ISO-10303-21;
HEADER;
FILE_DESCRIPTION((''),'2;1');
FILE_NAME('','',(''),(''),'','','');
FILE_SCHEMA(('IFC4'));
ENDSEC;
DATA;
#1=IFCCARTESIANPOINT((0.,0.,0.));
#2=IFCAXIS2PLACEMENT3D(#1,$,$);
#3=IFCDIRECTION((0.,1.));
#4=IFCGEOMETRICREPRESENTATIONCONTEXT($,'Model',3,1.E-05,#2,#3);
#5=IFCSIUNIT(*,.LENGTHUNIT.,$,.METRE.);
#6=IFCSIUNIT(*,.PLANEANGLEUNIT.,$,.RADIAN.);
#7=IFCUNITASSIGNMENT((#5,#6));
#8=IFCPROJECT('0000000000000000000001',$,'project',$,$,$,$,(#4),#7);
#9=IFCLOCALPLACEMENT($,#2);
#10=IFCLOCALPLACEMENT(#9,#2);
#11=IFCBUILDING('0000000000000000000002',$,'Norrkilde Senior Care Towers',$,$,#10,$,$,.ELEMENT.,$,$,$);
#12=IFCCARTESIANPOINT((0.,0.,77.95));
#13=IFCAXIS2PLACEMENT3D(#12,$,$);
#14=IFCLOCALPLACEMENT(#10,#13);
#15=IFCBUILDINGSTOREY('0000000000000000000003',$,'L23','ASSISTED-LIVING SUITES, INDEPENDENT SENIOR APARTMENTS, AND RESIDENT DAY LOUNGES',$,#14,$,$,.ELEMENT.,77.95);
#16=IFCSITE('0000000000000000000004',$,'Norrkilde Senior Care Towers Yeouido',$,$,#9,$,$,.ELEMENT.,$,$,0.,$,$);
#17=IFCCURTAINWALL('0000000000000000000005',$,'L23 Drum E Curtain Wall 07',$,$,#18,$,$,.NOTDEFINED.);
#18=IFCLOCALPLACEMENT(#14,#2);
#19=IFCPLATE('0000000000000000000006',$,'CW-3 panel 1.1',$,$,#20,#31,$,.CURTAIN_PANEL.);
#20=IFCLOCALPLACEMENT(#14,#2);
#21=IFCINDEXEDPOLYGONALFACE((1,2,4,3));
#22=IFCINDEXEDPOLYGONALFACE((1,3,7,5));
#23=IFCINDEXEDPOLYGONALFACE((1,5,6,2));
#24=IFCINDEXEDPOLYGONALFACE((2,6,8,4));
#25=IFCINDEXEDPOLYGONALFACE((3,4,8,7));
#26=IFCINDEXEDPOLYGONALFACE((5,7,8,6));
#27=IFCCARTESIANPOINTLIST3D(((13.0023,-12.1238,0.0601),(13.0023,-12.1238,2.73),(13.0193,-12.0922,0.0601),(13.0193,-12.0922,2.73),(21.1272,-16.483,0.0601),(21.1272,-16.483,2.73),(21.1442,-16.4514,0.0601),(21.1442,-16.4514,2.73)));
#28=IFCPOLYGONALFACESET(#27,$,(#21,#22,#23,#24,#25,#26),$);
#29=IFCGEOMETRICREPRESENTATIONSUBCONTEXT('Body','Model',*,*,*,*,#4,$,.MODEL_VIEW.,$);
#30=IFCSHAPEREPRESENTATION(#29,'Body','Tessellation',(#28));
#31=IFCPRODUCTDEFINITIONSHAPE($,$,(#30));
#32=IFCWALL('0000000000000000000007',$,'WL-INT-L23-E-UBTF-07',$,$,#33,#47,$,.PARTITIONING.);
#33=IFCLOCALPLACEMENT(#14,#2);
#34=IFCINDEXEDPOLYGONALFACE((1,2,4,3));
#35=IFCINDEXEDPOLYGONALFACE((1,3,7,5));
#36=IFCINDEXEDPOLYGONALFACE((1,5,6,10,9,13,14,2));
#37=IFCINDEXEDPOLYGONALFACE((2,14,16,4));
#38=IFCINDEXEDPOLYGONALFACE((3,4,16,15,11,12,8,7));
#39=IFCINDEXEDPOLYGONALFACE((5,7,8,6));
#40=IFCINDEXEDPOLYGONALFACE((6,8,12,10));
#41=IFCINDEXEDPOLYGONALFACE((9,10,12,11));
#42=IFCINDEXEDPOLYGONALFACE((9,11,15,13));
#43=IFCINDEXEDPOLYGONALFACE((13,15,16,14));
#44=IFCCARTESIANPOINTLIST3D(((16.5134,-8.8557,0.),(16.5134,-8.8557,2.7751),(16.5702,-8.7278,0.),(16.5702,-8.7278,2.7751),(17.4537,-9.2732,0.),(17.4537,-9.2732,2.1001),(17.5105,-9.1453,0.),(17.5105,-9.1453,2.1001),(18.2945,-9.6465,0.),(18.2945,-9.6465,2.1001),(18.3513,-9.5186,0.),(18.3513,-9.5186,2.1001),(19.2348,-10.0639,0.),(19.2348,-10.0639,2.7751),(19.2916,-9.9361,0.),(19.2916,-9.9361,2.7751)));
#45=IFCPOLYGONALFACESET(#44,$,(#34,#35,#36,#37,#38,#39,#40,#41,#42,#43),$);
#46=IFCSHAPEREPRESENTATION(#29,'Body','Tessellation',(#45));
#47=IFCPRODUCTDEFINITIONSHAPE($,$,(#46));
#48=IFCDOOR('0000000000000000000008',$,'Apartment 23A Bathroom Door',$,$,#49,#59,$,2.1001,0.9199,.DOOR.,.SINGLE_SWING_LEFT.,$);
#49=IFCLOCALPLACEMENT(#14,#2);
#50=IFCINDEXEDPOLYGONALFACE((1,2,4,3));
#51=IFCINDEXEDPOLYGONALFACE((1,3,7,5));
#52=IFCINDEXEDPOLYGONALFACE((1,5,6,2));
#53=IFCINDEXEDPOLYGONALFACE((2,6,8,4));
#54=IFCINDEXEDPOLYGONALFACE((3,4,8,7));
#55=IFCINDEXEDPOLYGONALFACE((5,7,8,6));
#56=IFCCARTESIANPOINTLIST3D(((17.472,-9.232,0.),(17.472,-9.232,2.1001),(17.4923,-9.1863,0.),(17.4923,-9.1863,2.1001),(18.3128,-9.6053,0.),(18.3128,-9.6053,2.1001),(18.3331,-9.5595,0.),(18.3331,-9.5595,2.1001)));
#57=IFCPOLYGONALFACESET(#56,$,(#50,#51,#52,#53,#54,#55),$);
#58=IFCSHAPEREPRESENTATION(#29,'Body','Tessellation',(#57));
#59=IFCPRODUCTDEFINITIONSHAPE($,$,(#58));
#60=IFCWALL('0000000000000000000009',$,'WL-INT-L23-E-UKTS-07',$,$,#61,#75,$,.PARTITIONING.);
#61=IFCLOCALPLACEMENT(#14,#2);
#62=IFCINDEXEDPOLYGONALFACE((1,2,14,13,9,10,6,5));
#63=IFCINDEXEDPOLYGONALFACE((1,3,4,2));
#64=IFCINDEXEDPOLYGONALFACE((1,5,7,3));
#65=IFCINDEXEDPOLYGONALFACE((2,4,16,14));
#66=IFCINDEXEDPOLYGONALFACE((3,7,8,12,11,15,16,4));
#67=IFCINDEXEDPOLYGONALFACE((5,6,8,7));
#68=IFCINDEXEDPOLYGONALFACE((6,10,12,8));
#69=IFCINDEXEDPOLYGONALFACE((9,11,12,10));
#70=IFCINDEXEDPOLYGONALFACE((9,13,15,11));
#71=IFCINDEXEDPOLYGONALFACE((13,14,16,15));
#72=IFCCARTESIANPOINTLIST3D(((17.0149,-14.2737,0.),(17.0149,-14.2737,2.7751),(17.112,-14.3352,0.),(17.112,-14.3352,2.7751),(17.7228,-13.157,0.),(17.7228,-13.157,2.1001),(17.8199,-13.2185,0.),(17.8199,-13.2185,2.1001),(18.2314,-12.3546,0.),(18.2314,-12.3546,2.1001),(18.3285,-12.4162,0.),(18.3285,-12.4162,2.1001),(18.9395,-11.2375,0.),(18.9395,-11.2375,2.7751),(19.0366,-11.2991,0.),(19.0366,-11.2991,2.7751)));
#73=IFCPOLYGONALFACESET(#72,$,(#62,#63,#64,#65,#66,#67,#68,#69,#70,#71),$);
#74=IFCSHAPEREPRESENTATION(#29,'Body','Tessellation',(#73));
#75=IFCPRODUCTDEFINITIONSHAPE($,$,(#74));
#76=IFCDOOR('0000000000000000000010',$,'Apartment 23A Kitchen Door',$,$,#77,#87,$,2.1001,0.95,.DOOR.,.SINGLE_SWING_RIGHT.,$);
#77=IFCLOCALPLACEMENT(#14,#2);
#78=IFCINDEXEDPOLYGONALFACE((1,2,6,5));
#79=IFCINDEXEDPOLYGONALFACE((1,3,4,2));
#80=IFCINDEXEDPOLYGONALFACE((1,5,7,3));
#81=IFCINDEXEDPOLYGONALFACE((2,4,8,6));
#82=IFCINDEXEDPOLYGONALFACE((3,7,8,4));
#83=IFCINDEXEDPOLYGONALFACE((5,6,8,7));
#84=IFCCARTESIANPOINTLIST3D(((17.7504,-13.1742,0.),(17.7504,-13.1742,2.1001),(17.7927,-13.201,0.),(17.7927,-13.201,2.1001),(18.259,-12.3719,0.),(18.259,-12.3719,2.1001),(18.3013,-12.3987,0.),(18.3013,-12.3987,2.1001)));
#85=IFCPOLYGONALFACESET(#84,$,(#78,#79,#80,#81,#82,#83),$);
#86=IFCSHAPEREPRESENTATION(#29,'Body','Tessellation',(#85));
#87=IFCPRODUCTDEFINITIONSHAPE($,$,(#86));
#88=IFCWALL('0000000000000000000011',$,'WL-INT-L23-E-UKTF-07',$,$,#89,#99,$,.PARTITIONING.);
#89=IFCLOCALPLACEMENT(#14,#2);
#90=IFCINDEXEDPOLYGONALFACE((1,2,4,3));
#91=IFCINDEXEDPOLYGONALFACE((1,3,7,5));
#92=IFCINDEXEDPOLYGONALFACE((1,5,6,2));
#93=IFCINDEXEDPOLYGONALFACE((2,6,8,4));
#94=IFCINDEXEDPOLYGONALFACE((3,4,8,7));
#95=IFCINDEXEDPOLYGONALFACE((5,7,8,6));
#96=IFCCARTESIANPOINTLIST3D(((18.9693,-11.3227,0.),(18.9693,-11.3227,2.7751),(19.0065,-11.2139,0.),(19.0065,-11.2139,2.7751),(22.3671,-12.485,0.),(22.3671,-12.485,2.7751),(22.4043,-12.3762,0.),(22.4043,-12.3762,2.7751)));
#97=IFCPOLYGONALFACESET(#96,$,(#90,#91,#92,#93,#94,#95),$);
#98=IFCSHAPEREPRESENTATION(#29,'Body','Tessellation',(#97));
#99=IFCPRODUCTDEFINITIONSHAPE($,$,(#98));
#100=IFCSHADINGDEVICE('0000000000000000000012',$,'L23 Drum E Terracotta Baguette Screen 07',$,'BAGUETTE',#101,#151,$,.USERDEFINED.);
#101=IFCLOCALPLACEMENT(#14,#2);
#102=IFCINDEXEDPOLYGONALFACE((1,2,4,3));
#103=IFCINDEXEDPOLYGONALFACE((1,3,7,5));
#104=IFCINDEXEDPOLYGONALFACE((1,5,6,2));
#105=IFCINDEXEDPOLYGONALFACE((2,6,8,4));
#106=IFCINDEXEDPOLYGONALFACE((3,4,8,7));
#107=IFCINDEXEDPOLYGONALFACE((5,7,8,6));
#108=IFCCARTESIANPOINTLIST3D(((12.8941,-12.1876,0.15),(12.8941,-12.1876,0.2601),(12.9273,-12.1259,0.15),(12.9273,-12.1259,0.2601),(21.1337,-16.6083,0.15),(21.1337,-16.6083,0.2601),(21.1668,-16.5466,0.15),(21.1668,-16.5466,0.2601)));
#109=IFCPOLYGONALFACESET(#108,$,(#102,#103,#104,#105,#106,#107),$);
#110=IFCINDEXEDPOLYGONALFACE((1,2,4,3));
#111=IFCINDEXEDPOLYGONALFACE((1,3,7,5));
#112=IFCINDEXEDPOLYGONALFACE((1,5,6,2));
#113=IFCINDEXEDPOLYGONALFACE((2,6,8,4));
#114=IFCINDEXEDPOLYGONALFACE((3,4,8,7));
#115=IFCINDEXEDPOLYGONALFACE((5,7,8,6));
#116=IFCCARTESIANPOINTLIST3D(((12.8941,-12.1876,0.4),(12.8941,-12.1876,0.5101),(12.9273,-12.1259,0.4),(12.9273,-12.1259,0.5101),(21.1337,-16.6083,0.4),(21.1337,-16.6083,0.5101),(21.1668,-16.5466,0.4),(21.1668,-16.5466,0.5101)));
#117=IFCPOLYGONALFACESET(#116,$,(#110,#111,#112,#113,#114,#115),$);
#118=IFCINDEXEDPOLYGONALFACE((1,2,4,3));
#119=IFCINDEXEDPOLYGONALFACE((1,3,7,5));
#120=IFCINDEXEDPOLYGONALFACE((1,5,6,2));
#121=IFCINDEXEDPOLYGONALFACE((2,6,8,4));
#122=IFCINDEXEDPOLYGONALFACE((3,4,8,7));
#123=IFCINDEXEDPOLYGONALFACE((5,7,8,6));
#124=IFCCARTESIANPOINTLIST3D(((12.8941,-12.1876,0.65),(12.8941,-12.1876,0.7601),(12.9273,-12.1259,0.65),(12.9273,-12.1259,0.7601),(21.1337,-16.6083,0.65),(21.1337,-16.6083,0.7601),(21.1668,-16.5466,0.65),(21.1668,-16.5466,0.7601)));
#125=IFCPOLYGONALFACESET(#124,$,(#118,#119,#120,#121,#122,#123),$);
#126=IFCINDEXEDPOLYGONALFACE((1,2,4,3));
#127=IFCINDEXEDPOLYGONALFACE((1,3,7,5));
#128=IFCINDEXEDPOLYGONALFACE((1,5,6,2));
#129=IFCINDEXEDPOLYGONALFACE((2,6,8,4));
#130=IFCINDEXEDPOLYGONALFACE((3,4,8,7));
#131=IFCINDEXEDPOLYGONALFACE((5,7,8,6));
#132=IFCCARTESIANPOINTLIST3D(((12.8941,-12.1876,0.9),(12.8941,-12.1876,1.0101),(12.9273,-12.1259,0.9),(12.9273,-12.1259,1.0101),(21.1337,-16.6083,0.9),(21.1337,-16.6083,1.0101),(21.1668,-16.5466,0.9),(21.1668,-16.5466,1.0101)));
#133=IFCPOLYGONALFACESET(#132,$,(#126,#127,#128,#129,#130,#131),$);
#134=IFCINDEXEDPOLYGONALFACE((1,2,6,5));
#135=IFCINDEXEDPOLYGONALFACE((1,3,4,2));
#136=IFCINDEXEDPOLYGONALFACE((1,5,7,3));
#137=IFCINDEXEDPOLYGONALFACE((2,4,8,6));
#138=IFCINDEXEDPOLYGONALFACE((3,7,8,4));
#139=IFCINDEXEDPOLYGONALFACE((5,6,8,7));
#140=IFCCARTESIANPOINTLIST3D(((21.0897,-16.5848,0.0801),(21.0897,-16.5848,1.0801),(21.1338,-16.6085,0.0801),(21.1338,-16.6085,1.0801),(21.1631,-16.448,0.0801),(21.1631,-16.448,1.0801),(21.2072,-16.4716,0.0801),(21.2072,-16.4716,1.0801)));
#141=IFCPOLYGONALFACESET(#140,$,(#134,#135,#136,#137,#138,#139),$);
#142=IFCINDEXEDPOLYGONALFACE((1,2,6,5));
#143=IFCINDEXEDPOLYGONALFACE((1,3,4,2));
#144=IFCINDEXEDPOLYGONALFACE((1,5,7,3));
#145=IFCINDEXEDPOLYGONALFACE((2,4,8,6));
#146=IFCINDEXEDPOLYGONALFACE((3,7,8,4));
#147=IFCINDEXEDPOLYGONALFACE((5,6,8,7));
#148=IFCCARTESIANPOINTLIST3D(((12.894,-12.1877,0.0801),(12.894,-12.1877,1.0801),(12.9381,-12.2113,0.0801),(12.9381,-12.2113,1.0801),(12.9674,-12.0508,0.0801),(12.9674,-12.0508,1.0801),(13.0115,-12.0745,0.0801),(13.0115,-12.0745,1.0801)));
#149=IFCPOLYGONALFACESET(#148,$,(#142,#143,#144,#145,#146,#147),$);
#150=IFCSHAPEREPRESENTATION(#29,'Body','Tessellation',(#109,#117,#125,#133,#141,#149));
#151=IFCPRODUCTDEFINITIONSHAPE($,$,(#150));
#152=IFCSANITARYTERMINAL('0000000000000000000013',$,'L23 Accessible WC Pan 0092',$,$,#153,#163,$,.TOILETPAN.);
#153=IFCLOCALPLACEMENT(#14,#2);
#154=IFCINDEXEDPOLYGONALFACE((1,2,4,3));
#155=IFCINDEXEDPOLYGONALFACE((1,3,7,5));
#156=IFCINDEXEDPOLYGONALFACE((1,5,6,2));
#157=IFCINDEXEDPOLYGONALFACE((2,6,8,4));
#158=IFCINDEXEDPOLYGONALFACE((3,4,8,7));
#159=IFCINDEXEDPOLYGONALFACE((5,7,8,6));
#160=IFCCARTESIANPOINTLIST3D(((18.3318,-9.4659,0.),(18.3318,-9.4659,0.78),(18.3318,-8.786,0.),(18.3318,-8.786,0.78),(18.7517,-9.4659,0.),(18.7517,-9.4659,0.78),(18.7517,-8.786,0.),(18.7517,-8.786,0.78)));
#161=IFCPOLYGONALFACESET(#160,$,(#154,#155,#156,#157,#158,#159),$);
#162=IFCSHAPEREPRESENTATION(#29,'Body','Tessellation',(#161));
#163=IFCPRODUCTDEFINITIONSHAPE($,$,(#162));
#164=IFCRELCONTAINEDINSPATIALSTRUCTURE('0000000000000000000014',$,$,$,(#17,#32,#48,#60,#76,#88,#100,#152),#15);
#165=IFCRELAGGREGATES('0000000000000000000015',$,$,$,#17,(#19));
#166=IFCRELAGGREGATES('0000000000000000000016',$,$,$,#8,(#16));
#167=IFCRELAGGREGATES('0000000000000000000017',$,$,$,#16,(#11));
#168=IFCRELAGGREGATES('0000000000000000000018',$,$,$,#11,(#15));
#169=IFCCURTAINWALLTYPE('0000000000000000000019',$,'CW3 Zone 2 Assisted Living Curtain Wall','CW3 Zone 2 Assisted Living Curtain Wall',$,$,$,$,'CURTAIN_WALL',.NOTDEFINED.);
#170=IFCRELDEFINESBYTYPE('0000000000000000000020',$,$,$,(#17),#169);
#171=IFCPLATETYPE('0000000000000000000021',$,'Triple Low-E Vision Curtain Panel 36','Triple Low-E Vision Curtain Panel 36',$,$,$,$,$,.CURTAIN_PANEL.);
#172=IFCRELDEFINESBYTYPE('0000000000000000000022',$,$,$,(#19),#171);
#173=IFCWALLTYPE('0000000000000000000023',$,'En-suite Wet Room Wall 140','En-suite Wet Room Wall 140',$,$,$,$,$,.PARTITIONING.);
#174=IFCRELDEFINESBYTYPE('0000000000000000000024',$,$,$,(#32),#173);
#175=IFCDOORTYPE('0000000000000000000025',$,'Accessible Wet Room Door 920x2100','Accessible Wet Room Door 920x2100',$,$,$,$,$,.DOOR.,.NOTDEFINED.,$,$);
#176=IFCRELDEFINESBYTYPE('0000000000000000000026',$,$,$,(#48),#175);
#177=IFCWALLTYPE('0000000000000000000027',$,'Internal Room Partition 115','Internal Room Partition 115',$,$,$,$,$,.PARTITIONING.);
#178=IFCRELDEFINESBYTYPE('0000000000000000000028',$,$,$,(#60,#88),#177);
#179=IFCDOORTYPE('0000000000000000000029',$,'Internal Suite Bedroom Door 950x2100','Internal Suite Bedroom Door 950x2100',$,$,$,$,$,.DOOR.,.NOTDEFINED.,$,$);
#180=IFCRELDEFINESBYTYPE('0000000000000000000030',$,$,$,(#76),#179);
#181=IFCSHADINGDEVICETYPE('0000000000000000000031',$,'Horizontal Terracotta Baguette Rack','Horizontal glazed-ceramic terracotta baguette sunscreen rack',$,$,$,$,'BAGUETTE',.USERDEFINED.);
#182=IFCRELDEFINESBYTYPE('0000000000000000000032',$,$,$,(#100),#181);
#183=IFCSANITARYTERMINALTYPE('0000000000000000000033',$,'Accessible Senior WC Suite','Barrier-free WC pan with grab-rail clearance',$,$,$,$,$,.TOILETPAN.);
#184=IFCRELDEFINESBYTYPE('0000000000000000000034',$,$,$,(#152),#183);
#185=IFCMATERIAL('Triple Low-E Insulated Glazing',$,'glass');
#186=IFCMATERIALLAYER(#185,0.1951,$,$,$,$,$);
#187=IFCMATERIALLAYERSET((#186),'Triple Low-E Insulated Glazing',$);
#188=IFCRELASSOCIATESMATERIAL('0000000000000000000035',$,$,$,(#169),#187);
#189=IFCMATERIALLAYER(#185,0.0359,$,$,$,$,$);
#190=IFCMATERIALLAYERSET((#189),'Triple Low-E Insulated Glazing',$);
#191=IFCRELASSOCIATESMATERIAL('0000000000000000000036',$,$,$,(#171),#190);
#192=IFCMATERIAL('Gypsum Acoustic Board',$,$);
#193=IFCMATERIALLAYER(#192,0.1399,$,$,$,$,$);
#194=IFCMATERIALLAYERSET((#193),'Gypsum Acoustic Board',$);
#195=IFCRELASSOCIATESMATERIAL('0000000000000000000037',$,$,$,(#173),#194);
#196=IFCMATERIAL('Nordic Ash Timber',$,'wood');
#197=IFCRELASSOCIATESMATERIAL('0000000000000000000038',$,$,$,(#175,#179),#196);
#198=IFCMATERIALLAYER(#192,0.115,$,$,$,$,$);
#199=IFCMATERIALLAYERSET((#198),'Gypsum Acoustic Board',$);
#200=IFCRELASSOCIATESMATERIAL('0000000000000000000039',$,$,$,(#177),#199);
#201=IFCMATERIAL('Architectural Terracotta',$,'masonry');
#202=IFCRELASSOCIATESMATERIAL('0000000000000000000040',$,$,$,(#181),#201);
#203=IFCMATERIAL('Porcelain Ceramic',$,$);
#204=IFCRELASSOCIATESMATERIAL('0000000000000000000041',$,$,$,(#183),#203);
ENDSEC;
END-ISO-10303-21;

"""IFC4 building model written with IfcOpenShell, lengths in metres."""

from ifc_helpers import new_model, si_unit, direction, frame, frame_2d, origin, origin_2d, place, context, subcontext, project, spatial, rectangle, extrude, source, transform, mapped, material, layer, layer_set, type_object, type_shapes, element, fill, aggregate, save


model = new_model("IFC4")

# Units and contexts
model_context = context("Model", 3, precision=1e-05, world=origin(), true_north=direction((0.0, 1.0)))
body_context = subcontext(model_context, "Body", "Model", "MODEL_VIEW")
ifc_project = project(units=[si_unit("LENGTHUNIT", "METRE"), si_unit("PLANEANGLEUNIT", "RADIAN")], contexts=[model_context])

# Site, building, storey
site_placement = place(None, origin())
site = spatial("IfcSite", under=ifc_project, at=site_placement, Name="Norrkilde Senior Care Towers Yeouido", CompositionType="ELEMENT", RefElevation=0.0)
building_placement = place(site_placement, origin())
building = spatial("IfcBuilding", under=site, at=building_placement, Name="Norrkilde Senior Care Towers", CompositionType="ELEMENT")
storey_placement = place(building_placement, frame((0.0, 0.0, 77.95)))
storey = spatial("IfcBuildingStorey", under=building, at=storey_placement, Name="L23", Description="ASSISTED-LIVING SUITES, INDEPENDENT SENIOR APARTMENTS, AND RESIDENT DAY LOUNGES", CompositionType="ELEMENT", Elevation=77.95)

# Shared definitions
ifc_material_1 = material(Name="Triple Low-E Insulated Glazing", Category="glass")
ifc_layer_1 = layer(ifc_material_1, 0.1951)
ifc_layer_set_1 = layer_set([ifc_layer_1], Name="Triple Low-E Insulated Glazing")
curtain_wall_type = type_object("IfcCurtainWallType", Name="CW3 Zone 2 Assisted Living Curtain Wall", Description="CW3 Zone 2 Assisted Living Curtain Wall", ElementType="CURTAIN_WALL", PredefinedType="NOTDEFINED", material=ifc_layer_set_1)

# Curtain wall
curtain_wall_1_placement = place(storey_placement, origin())
curtain_wall_1 = element("IfcCurtainWall", 1, at=curtain_wall_1_placement, inside=storey, type_object=curtain_wall_type, Name="L23 Drum E Curtain Wall 07", PredefinedType="NOTDEFINED")

# Plate
ifc_layer_2 = layer(ifc_material_1, 0.0359)
ifc_layer_set_2 = layer_set([ifc_layer_2], Name="Triple Low-E Insulated Glazing")
plate_type = type_object("IfcPlateType", Name="Triple Low-E Vision Curtain Panel 36", Description="Triple Low-E Vision Curtain Panel 36", PredefinedType="CURTAIN_PANEL", material=ifc_layer_set_2)
shared_shape_1 = source(origin(), body_context, "Body", "SweptSolid", [
    extrude(rectangle(XDim=9.2205, YDim=0.0359, at=origin_2d()), origin(), (0.0, 0.0, 1.0), 2.6699),
])
type_shapes(plate_type, [shared_shape_1])
plate_placement = place(storey_placement, frame((17.0732, -14.2876, 0.0601), z_axis=(0.0, 0.0, 1.0), x_axis=(-0.881186, 0.472769, 0.0)))
plate = element("IfcPlate", 2, at=plate_placement, type_object=plate_type, Name="CW-3 panel 1.1", PredefinedType="CURTAIN_PANEL", context=body_context, shape_type="MappedRepresentation", body=[
    mapped(shared_shape_1, transform((0.0, 0.0, 0.0), x_axis=(1.0, 0.0, 0.0), y_axis=(0.0, 1.0, 0.0), z_axis=(0.0, 0.0, 1.0), scale=1.0)),
])
aggregate(curtain_wall_1, [plate])

# Walls, openings, doors
ifc_material_2 = material(Name="Gypsum Acoustic Board")
ifc_layer_3 = layer(ifc_material_2, 0.1399)
ifc_layer_set_3 = layer_set([ifc_layer_3], Name="Gypsum Acoustic Board")
wall_type_1 = type_object("IfcWallType", Name="En-suite Wet Room Wall 140", Description="En-suite Wet Room Wall 140", PredefinedType="PARTITIONING", material=ifc_layer_set_3)
shared_shape_2 = source(origin(), body_context, "Body", "SweptSolid", [
    extrude(rectangle(XDim=2.9775, YDim=0.1399, at=frame_2d((1.4888, 0.0))), origin(), (0.0, 0.0, 1.0), 2.7751),
])
type_shapes(wall_type_1, [shared_shape_2])
wall_1_placement = place(storey_placement, frame((19.2632, -10.0, 0.0), z_axis=(0.0, 0.0, 1.0), x_axis=(-0.91397, 0.405781, 0.0)))
wall_1 = element("IfcWall", 3, at=wall_1_placement, inside=storey, type_object=wall_type_1, Name="WL-INT-L23-E-UBTF-07", PredefinedType="PARTITIONING", context=body_context, shape_type="MappedRepresentation", body=[
    mapped(shared_shape_2, transform((0.0, 0.0, 0.0), x_axis=(1.0, 0.0, 0.0), y_axis=(0.0, 1.0, 0.0), z_axis=(0.0, 0.0, 1.0), scale=1.0)),
])
opening_1_placement = place(wall_1_placement, frame((1.0288, 0.0, 0.0)))
opening_1 = element("IfcOpeningElement", 4, at=opening_1_placement, cuts=wall_1, PredefinedType="OPENING", context=body_context, shape_type="SweptSolid", body=[
    extrude(rectangle(XDim=0.9199, YDim=2.1001, at=frame_2d((0.46, 1.05))), frame((0.0, 0.0798, 0.0), z_axis=(0.0, -1.0, 0.0), x_axis=(1.0, 0.0, 0.0)), (0.0, 0.0, 1.0), 0.1599),
])
ifc_material_3 = material(Name="Nordic Ash Timber", Category="wood")
door_type_1 = type_object("IfcDoorType", Name="Accessible Wet Room Door 920x2100", Description="Accessible Wet Room Door 920x2100", OperationType="NOTDEFINED", PredefinedType="DOOR", material=ifc_material_3)
shared_shape_3 = source(origin(), body_context, "Body", "SweptSolid", [
    extrude(rectangle(XDim=0.9199, YDim=2.1001, at=frame_2d((0.46, 1.05))), frame((0.0, 0.0249, 0.0), z_axis=(0.0, -1.0, 0.0), x_axis=(1.0, 0.0, 0.0)), (0.0, 0.0, 1.0), 0.05),
])
type_shapes(door_type_1, [shared_shape_3])
door_1_placement = place(opening_1_placement, origin())
door_1 = element("IfcDoor", 5, at=door_1_placement, inside=storey, type_object=door_type_1, Name="Apartment 23A Bathroom Door", OperationType="SINGLE_SWING_LEFT", OverallHeight=2.1001, OverallWidth=0.9199, PredefinedType="DOOR", context=body_context, shape_type="MappedRepresentation", body=[
    mapped(shared_shape_3, transform((0.0, 0.0, 0.0), x_axis=(1.0, 0.0, 0.0), y_axis=(0.0, 1.0, 0.0), z_axis=(0.0, 0.0, 1.0), scale=1.0)),
])
fill(opening_1, door_1)
ifc_layer_4 = layer(ifc_material_2, 0.115)
ifc_layer_set_4 = layer_set([ifc_layer_4], Name="Gypsum Acoustic Board")
wall_type_2 = type_object("IfcWallType", Name="Internal Room Partition 115", Description="Internal Room Partition 115", PredefinedType="PARTITIONING", material=ifc_layer_set_4)
shared_shape_4 = source(origin(), body_context, "Body", "SweptSolid", [
    extrude(rectangle(XDim=3.5947, YDim=0.115, at=frame_2d((1.7974, 0.0))), origin(), (0.0, 0.0, 1.0), 2.7751),
])
wall_2_placement = place(storey_placement, frame((18.988, -11.2683, 0.0), z_axis=(0.0, 0.0, 1.0), x_axis=(-0.535385, -0.844608, 0.0)))
wall_2 = element("IfcWall", 6, at=wall_2_placement, inside=storey, type_object=wall_type_2, Name="WL-INT-L23-E-UKTS-07", PredefinedType="PARTITIONING", context=body_context, shape_type="MappedRepresentation", body=[
    mapped(shared_shape_4, transform((0.0, 0.0, 0.0), x_axis=(1.0, 0.0, 0.0), y_axis=(0.0, 1.0, 0.0), z_axis=(0.0, 0.0, 1.0), scale=1.0)),
])
opening_2_placement = place(wall_2_placement, frame((1.3225, 0.0, 0.0)))
opening_2 = element("IfcOpeningElement", 7, at=opening_2_placement, cuts=wall_2, PredefinedType="OPENING", context=body_context, shape_type="SweptSolid", body=[
    extrude(rectangle(XDim=0.95, YDim=2.1001, at=frame_2d((0.4751, 1.05))), frame((0.0, 0.0674, 0.0), z_axis=(0.0, -1.0, 0.0), x_axis=(1.0, 0.0, 0.0)), (0.0, 0.0, 1.0), 0.135),
])
door_type_2 = type_object("IfcDoorType", Name="Internal Suite Bedroom Door 950x2100", Description="Internal Suite Bedroom Door 950x2100", OperationType="NOTDEFINED", PredefinedType="DOOR", material=ifc_material_3)
shared_shape_5 = source(origin(), body_context, "Body", "SweptSolid", [
    extrude(rectangle(XDim=0.95, YDim=2.1001, at=frame_2d((0.4751, 1.05))), frame((0.0, 0.0249, 0.0), z_axis=(0.0, -1.0, 0.0), x_axis=(1.0, 0.0, 0.0)), (0.0, 0.0, 1.0), 0.05),
])
type_shapes(door_type_2, [shared_shape_5])
door_2_placement = place(opening_2_placement, frame((0.95, 0.0, 0.0), z_axis=(0.0, 0.0, 1.0), x_axis=(-1.0, 0.0, 0.0)))
door_2 = element("IfcDoor", 8, at=door_2_placement, inside=storey, type_object=door_type_2, Name="Apartment 23A Kitchen Door", OperationType="SINGLE_SWING_RIGHT", OverallHeight=2.1001, OverallWidth=0.95, PredefinedType="DOOR", context=body_context, shape_type="MappedRepresentation", body=[
    mapped(shared_shape_5, transform((0.0, 0.0, 0.0), x_axis=(1.0, 0.0, 0.0), y_axis=(0.0, 1.0, 0.0), z_axis=(0.0, 0.0, 1.0), scale=1.0)),
])
fill(opening_2, door_2)

# Wall
shared_shape_6 = source(origin(), body_context, "Body", "SweptSolid", [
    extrude(rectangle(XDim=3.5911, YDim=0.115, at=frame_2d((1.7954, 0.0))), origin(), (0.0, 0.0, 1.0), 2.7751),
])
type_shapes(wall_type_2, [shared_shape_4, shared_shape_6])
wall_3_placement = place(storey_placement, frame((18.988, -11.2683, 0.0), z_axis=(0.0, 0.0, 1.0), x_axis=(0.946166, -0.323683, 0.0)))
element("IfcWall", 9, at=wall_3_placement, inside=storey, type_object=wall_type_2, Name="WL-INT-L23-E-UKTF-07", PredefinedType="PARTITIONING", context=body_context, shape_type="MappedRepresentation", body=[
    mapped(shared_shape_6, transform((0.0, 0.0, 0.0), x_axis=(1.0, 0.0, 0.0), y_axis=(0.0, 1.0, 0.0), z_axis=(0.0, 0.0, 1.0), scale=1.0)),
])

# Shading device
ifc_material_4 = material(Name="Architectural Terracotta", Category="masonry")
shading_device_type = type_object("IfcShadingDeviceType", Name="Horizontal Terracotta Baguette Rack", Description="Horizontal glazed-ceramic terracotta baguette sunscreen rack", ElementType="BAGUETTE", PredefinedType="USERDEFINED", material=ifc_material_4)
shared_shape_7 = source(origin(), body_context, "Body", "SweptSolid", [
    extrude(rectangle(XDim=0.0701, YDim=0.1101, at=origin_2d()), frame((0.0, 0.0901, 0.125), z_axis=(1.0, 0.0, 0.0), x_axis=(0.0, 1.0, 0.0)), (0.0, 0.0, 1.0), 9.3506),
    extrude(rectangle(XDim=0.0701, YDim=0.1101, at=origin_2d()), frame((0.0, 0.0901, 0.375), z_axis=(1.0, 0.0, 0.0), x_axis=(0.0, 1.0, 0.0)), (0.0, 0.0, 1.0), 9.3506),
    extrude(rectangle(XDim=0.0701, YDim=0.1101, at=origin_2d()), frame((0.0, 0.0901, 0.625), z_axis=(1.0, 0.0, 0.0), x_axis=(0.0, 1.0, 0.0)), (0.0, 0.0, 1.0), 9.3506),
    extrude(rectangle(XDim=0.0701, YDim=0.1101, at=origin_2d()), frame((0.0, 0.0901, 0.875), z_axis=(1.0, 0.0, 0.0), x_axis=(0.0, 1.0, 0.0)), (0.0, 0.0, 1.0), 9.3506),
    extrude(rectangle(XDim=0.05, YDim=0.1553, at=origin_2d()), frame((0.0249, 0.0476, 0.0)), (0.0, 0.0, 1.0), 1.0),
    extrude(rectangle(XDim=0.05, YDim=0.1553, at=origin_2d()), frame((9.3257, 0.0476, 0.0)), (0.0, 0.0, 1.0), 1.0),
])
type_shapes(shading_device_type, [shared_shape_7])
shading_device_placement = place(storey_placement, frame((21.1929, -16.498, 0.0801), z_axis=(0.0, 0.0, 1.0), x_axis=(-0.881175, 0.472768, 0.0)))
element("IfcShadingDevice", 10, at=shading_device_placement, inside=storey, type_object=shading_device_type, Name="L23 Drum E Terracotta Baguette Screen 07", ObjectType="BAGUETTE", PredefinedType="USERDEFINED", context=body_context, shape_type="MappedRepresentation", body=[
    mapped(shared_shape_7, transform((0.0, 0.0, 0.0), x_axis=(1.0, 0.0, 0.0), y_axis=(0.0, 1.0, 0.0), z_axis=(0.0, 0.0, 1.0), scale=1.0)),
])

# Sanitary terminal
ifc_material_5 = material(Name="Porcelain Ceramic")
sanitary_terminal_type = type_object("IfcSanitaryTerminalType", Name="Accessible Senior WC Suite", Description="Barrier-free WC pan with grab-rail clearance", PredefinedType="TOILETPAN", material=ifc_material_5)
shared_shape_8 = source(origin(), body_context, "Body", "SweptSolid", [
    extrude(rectangle(XDim=0.4199, YDim=0.6799, at=origin_2d()), origin(), (0.0, 0.0, 1.0), 0.78),
])
type_shapes(sanitary_terminal_type, [shared_shape_8])
sanitary_terminal_placement = place(storey_placement, frame((18.5417, -9.126, 0.0), z_axis=(0.0, 0.0, 1.0), x_axis=(1.0, 0.0, 0.0)))
element("IfcSanitaryTerminal", 11, at=sanitary_terminal_placement, inside=storey, type_object=sanitary_terminal_type, Name="L23 Accessible WC Pan 0092", PredefinedType="TOILETPAN", context=body_context, shape_type="MappedRepresentation", body=[
    mapped(shared_shape_8, transform((0.0, 0.0, 0.0), x_axis=(1.0, 0.0, 0.0), y_axis=(0.0, 1.0, 0.0), z_axis=(0.0, 0.0, 1.0), scale=1.0)),
])

save(model, "model.ifc")
